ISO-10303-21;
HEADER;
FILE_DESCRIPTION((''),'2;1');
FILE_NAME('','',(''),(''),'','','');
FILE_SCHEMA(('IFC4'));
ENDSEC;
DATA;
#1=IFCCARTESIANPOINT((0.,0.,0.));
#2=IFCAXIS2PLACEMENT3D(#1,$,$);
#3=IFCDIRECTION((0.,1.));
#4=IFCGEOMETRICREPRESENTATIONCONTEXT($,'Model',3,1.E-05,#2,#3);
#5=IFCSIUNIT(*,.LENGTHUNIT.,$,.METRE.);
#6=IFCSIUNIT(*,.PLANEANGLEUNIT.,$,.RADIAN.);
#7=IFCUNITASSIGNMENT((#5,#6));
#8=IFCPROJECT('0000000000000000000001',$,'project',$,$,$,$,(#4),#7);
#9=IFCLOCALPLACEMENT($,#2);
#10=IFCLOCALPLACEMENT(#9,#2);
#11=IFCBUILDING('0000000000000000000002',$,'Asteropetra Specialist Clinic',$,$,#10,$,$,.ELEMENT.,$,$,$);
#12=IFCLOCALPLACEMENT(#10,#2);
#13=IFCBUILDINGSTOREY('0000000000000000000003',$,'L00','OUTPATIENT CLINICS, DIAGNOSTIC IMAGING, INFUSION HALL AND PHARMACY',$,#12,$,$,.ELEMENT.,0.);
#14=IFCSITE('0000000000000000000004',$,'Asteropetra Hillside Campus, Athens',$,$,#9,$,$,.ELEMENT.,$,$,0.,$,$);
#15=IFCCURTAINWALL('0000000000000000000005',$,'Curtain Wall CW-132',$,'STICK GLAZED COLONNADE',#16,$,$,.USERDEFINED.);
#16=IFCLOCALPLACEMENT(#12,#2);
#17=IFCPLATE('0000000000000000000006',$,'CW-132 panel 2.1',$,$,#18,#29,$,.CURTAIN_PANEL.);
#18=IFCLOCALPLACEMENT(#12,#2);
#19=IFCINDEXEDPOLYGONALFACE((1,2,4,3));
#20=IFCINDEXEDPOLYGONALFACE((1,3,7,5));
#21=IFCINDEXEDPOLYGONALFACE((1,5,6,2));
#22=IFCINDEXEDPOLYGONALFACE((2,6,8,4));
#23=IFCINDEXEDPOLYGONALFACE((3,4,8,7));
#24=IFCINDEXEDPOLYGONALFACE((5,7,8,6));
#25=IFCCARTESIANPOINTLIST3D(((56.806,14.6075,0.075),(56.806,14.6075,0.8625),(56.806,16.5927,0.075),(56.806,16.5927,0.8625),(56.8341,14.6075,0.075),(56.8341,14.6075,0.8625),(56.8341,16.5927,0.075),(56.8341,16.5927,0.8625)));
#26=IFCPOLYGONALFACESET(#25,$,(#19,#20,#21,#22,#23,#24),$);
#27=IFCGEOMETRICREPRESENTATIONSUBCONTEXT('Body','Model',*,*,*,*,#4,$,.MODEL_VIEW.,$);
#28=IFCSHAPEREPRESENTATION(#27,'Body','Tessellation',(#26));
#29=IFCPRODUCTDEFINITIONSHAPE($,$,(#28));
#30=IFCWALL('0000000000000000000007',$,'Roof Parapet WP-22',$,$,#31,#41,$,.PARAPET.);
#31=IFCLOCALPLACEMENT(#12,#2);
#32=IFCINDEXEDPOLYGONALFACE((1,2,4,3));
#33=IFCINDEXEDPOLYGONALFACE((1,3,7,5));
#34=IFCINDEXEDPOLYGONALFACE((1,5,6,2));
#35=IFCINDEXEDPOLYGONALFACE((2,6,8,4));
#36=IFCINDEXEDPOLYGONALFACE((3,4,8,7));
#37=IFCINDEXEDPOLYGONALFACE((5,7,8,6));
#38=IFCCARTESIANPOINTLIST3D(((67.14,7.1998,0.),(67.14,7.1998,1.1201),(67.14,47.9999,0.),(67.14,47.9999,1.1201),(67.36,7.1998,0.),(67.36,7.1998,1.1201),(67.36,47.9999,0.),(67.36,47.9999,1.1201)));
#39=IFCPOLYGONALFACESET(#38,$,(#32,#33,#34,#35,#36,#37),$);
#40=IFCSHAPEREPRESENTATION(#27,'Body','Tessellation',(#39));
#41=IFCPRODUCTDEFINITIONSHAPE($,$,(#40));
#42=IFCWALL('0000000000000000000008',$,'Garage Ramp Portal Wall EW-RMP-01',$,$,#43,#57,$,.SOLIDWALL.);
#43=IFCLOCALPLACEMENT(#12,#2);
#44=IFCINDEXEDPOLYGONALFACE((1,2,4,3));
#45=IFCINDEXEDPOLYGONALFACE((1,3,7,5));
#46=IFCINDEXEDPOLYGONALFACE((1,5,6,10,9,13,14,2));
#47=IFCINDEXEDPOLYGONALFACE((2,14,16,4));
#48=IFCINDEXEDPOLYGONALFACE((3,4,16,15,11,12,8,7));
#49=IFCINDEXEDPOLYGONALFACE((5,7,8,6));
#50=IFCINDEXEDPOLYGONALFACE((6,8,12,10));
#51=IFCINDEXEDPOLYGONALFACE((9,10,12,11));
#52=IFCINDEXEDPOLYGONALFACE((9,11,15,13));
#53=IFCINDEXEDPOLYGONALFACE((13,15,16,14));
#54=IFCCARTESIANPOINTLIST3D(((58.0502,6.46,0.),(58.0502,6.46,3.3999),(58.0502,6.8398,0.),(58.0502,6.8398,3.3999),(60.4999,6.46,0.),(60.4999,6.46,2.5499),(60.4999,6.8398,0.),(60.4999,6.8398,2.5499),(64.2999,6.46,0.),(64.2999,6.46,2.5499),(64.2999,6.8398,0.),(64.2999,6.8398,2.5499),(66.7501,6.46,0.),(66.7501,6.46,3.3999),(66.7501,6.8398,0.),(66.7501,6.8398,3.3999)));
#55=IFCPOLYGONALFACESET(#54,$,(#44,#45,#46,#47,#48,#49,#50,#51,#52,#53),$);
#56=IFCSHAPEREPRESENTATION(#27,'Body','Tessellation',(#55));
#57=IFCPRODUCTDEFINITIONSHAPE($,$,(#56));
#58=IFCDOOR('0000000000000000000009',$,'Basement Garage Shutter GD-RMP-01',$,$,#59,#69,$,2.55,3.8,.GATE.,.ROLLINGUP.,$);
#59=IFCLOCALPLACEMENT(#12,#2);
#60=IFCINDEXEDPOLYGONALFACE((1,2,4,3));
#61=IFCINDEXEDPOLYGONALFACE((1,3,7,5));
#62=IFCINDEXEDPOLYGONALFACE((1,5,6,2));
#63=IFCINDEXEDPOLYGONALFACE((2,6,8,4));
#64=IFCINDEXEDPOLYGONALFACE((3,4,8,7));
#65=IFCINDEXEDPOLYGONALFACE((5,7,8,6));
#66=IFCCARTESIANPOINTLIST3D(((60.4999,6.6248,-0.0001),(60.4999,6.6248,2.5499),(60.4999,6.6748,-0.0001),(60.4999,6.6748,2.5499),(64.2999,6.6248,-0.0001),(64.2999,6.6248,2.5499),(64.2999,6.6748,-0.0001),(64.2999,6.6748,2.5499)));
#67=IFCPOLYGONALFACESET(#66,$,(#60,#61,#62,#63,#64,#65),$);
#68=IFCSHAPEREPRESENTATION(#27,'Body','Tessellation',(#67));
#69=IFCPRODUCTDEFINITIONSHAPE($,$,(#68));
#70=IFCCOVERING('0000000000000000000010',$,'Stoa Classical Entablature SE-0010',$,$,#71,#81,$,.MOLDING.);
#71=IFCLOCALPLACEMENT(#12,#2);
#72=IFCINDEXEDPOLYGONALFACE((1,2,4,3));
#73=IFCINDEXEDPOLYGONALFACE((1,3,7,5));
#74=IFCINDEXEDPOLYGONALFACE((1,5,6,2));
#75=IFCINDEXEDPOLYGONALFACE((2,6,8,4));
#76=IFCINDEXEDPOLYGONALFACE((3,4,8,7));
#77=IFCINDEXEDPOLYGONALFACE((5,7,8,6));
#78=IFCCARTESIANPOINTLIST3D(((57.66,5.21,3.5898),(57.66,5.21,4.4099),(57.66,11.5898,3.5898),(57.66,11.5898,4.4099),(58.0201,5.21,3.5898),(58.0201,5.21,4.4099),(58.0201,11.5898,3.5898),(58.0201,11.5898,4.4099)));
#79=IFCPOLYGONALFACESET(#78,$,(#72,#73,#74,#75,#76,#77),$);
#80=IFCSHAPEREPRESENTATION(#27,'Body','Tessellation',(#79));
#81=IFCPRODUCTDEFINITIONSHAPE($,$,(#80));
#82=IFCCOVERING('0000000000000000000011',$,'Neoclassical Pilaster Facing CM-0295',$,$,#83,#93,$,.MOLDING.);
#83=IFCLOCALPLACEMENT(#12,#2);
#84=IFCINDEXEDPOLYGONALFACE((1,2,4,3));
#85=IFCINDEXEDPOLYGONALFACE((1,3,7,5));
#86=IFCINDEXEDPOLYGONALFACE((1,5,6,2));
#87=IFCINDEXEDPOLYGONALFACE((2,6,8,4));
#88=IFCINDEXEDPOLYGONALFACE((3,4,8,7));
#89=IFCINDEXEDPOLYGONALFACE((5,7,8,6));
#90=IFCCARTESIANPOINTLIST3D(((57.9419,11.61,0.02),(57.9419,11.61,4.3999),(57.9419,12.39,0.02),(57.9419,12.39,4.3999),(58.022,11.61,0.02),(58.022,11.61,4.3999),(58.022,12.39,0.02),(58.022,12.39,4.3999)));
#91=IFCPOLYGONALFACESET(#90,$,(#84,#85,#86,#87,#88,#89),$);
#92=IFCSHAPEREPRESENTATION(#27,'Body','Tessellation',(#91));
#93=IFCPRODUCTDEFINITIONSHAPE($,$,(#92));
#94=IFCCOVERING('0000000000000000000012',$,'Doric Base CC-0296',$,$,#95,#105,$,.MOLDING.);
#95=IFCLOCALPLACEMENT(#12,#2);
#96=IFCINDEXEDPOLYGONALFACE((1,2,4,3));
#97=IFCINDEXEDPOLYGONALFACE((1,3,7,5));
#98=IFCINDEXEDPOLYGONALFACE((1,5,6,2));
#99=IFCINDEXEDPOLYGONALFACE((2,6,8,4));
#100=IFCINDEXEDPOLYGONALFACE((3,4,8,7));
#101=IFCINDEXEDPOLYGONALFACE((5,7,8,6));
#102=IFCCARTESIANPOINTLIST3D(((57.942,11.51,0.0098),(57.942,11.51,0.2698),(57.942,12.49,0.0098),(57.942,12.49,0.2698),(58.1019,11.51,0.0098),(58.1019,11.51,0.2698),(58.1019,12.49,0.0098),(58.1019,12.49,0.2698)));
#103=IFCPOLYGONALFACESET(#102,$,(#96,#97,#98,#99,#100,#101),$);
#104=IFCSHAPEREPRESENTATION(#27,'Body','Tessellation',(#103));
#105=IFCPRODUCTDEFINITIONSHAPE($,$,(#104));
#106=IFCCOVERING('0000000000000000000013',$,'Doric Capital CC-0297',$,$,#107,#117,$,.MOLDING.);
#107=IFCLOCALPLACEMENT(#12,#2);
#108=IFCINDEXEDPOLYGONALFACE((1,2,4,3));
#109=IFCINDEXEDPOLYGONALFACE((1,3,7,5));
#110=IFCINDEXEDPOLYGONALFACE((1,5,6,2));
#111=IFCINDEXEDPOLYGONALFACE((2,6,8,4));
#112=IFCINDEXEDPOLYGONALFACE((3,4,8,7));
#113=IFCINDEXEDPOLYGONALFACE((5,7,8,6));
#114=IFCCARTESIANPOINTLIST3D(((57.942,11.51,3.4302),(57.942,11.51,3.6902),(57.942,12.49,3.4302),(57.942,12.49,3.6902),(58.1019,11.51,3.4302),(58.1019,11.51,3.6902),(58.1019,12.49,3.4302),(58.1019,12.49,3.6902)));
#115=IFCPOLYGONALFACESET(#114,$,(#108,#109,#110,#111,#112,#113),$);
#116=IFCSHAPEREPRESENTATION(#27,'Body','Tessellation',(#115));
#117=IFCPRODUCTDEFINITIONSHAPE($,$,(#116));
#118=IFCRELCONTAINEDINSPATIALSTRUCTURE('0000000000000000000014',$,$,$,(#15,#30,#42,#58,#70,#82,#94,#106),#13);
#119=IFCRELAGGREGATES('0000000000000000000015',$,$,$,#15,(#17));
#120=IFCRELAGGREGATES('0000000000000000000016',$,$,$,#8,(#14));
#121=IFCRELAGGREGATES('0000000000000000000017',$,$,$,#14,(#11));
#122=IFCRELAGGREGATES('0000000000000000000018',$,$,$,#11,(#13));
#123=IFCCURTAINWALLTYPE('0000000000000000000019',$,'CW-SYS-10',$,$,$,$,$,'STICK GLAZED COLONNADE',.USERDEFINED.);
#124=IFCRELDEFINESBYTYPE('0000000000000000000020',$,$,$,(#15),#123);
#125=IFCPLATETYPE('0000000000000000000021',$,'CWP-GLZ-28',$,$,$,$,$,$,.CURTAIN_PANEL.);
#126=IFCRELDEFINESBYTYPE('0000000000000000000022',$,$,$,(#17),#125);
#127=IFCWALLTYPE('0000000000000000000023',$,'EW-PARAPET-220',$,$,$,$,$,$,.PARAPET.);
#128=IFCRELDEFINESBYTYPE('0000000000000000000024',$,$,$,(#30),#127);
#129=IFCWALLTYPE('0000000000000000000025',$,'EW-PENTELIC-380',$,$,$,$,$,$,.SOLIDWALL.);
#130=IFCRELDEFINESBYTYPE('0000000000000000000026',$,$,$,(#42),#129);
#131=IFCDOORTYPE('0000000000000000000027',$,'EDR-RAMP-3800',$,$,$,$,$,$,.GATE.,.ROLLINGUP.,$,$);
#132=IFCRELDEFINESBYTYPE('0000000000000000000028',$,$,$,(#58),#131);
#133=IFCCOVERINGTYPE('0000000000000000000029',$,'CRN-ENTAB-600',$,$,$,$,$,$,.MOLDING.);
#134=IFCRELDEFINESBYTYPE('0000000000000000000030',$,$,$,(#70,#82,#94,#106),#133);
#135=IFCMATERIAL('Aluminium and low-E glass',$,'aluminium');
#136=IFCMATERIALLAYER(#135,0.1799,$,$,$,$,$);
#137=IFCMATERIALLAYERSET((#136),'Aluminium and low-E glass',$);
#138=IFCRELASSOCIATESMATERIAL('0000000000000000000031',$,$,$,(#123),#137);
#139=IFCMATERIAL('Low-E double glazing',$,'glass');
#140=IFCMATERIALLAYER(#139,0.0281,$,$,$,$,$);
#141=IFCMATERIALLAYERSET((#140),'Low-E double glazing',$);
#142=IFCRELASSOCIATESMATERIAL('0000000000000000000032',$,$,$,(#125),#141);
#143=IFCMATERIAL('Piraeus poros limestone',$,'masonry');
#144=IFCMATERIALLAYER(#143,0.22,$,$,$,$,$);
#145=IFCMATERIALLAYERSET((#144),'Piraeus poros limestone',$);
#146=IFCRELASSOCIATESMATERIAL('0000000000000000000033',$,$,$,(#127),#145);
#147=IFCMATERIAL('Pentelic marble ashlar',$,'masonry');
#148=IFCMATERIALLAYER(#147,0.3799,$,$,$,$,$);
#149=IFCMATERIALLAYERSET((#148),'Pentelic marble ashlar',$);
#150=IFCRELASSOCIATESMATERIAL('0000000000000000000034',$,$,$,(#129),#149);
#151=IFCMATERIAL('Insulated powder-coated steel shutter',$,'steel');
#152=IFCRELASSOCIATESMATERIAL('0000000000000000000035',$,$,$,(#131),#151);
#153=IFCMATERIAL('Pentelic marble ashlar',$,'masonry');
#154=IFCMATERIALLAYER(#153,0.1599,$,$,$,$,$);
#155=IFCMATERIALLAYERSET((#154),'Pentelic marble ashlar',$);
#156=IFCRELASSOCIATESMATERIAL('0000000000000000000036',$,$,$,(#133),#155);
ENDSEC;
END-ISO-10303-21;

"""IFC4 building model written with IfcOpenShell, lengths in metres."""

from ifc_helpers import new_model, si_unit, direction, frame, frame_2d, origin, origin_2d, place, context, subcontext, project, spatial, rectangle, extrude, material, layer, layer_set, type_object, element, fill, aggregate, save


model = new_model("IFC4")

# Units and contexts
model_context = context("Model", 3, precision=1e-05, world=origin(), true_north=direction((0.0, 1.0)))
body_context = subcontext(model_context, "Body", "Model", "MODEL_VIEW")
ifc_project = project(units=[si_unit("LENGTHUNIT", "METRE"), si_unit("PLANEANGLEUNIT", "RADIAN")], contexts=[model_context])

# Site, building, storey
site_placement = place(None, origin())
site = spatial("IfcSite", under=ifc_project, at=site_placement, Name="Asteropetra Hillside Campus, Athens", CompositionType="ELEMENT", RefElevation=0.0)
building_placement = place(site_placement, origin())
building = spatial("IfcBuilding", under=site, at=building_placement, Name="Asteropetra Specialist Clinic", CompositionType="ELEMENT")
storey_placement = place(building_placement, origin())
storey = spatial("IfcBuildingStorey", under=building, at=storey_placement, Name="L00", Description="OUTPATIENT CLINICS, DIAGNOSTIC IMAGING, INFUSION HALL AND PHARMACY", CompositionType="ELEMENT", Elevation=0.0)

# Curtain wall
ifc_material_1 = material(Name="Aluminium and low-E glass", Category="aluminium")
ifc_layer_1 = layer(ifc_material_1, 0.1799)
ifc_layer_set_1 = layer_set([ifc_layer_1], Name="Aluminium and low-E glass")
curtain_wall_type = type_object("IfcCurtainWallType", Name="CW-SYS-10", ElementType="STICK GLAZED COLONNADE", PredefinedType="USERDEFINED", material=ifc_layer_set_1)
curtain_wall_placement = place(storey_placement, origin())
curtain_wall = element("IfcCurtainWall", 1, at=curtain_wall_placement, inside=storey, type_object=curtain_wall_type, Name="Curtain Wall CW-132", ObjectType="STICK GLAZED COLONNADE", PredefinedType="USERDEFINED")

# Plate
ifc_material_2 = material(Name="Low-E double glazing", Category="glass")
ifc_layer_2 = layer(ifc_material_2, 0.0281)
ifc_layer_set_2 = layer_set([ifc_layer_2], Name="Low-E double glazing")
plate_type = type_object("IfcPlateType", Name="CWP-GLZ-28", PredefinedType="CURTAIN_PANEL", material=ifc_layer_set_2)
plate_1_placement = place(storey_placement, frame((56.8201, 15.6001, 0.075), z_axis=(0.0, 0.0, 1.0), x_axis=(0.0, 1.0, 0.0)))
plate_1 = element("IfcPlate", 2, at=plate_1_placement, type_object=plate_type, Name="CW-132 panel 2.1", PredefinedType="CURTAIN_PANEL", context=body_context, shape_type="SweptSolid", body=[
    extrude(rectangle(XDim=1.9851, YDim=0.0281, at=origin_2d()), origin(), (0.0, 0.0, 1.0), 0.7876),
])
aggregate(curtain_wall, [plate_1])

# Wall
ifc_material_3 = material(Name="Piraeus poros limestone", Category="masonry")
ifc_layer_3 = layer(ifc_material_3, 0.22)
ifc_layer_set_3 = layer_set([ifc_layer_3], Name="Piraeus poros limestone")
wall_type_1 = type_object("IfcWallType", Name="EW-PARAPET-220", PredefinedType="PARAPET", material=ifc_layer_set_3)
wall_1_placement = place(storey_placement, frame((67.25, 7.2, 0.0), z_axis=(0.0, 0.0, 1.0), x_axis=(0.0, 1.0, 0.0)))
element("IfcWall", 3, at=wall_1_placement, inside=storey, type_object=wall_type_1, Name="Roof Parapet WP-22", PredefinedType="PARAPET", context=body_context, shape_type="SweptSolid", body=[
    extrude(rectangle(XDim=40.8, YDim=0.22, at=frame_2d((20.3999, 0.0))), origin(), (0.0, 0.0, 1.0), 1.1201),
])

# Wall, opening, door
ifc_material_4 = material(Name="Pentelic marble ashlar", Category="masonry")
ifc_layer_4 = layer(ifc_material_4, 0.3799)
ifc_layer_set_4 = layer_set([ifc_layer_4], Name="Pentelic marble ashlar")
wall_type_2 = type_object("IfcWallType", Name="EW-PENTELIC-380", PredefinedType="SOLIDWALL", material=ifc_layer_set_4)
wall_2_placement = place(storey_placement, frame((58.05, 6.6499, 0.0), z_axis=(0.0, 0.0, 1.0), x_axis=(1.0, 0.0, 0.0)))
wall_2 = element("IfcWall", 4, at=wall_2_placement, inside=storey, type_object=wall_type_2, Name="Garage Ramp Portal Wall EW-RMP-01", PredefinedType="SOLIDWALL", context=body_context, shape_type="SweptSolid", body=[
    extrude(rectangle(XDim=8.7, YDim=0.3799, at=frame_2d((4.3501, 0.0))), origin(), (0.0, 0.0, 1.0), 3.3999),
])
opening_placement = place(wall_2_placement, frame((2.45, 0.0, 0.0)))
opening = element("IfcOpeningElement", 5, at=opening_placement, cuts=wall_2, PredefinedType="OPENING", context=body_context, shape_type="SweptSolid", body=[
    extrude(rectangle(XDim=3.8, YDim=2.55, at=frame_2d((1.8999, 1.2749))), frame((0.0, 0.2, 0.0), z_axis=(0.0, -1.0, 0.0), x_axis=(1.0, 0.0, 0.0)), (0.0, 0.0, 1.0), 0.3999),
])
ifc_material_5 = material(Name="Insulated powder-coated steel shutter", Category="steel")
door_type = type_object("IfcDoorType", Name="EDR-RAMP-3800", OperationType="ROLLINGUP", PredefinedType="GATE", material=ifc_material_5)
door_placement = place(opening_placement, origin())
door = element("IfcDoor", 6, at=door_placement, inside=storey, type_object=door_type, Name="Basement Garage Shutter GD-RMP-01", OperationType="ROLLINGUP", OverallHeight=2.55, OverallWidth=3.8, PredefinedType="GATE", context=body_context, shape_type="SweptSolid", body=[
    extrude(rectangle(XDim=3.8, YDim=2.55, at=frame_2d((1.8999, 1.2749))), frame((0.0, 0.0249, 0.0), z_axis=(0.0, -1.0, 0.0), x_axis=(1.0, 0.0, 0.0)), (0.0, 0.0, 1.0), 0.05),
])
fill(opening, door)

# Coverings
ifc_material_6 = material(Name="Pentelic marble ashlar", Category="masonry")
ifc_layer_5 = layer(ifc_material_6, 0.1599)
ifc_layer_set_5 = layer_set([ifc_layer_5], Name="Pentelic marble ashlar")
covering_type = type_object("IfcCoveringType", Name="CRN-ENTAB-600", PredefinedType="MOLDING", material=ifc_layer_set_5)
covering_1_placement = place(storey_placement, frame((57.8401, 8.3999, 3.5898), z_axis=(0.0, 0.0, 1.0), x_axis=(1.0, 0.0, 0.0)))
element("IfcCovering", 7, at=covering_1_placement, inside=storey, type_object=covering_type, Name="Stoa Classical Entablature SE-0010", PredefinedType="MOLDING", context=body_context, shape_type="SweptSolid", body=[
    extrude(rectangle(XDim=0.3601, YDim=6.3799, at=origin_2d()), origin(), (0.0, 0.0, 1.0), 0.8201),
])
covering_2_placement = place(storey_placement, frame((57.9819, 12.0, 0.02), z_axis=(0.0, 0.0, 1.0), x_axis=(1.0, 0.0, 0.0)))
element("IfcCovering", 8, at=covering_2_placement, inside=storey, type_object=covering_type, Name="Neoclassical Pilaster Facing CM-0295", PredefinedType="MOLDING", context=body_context, shape_type="SweptSolid", body=[
    extrude(rectangle(XDim=0.0801, YDim=0.78, at=origin_2d()), origin(), (0.0, 0.0, 1.0), 4.3799),
])
for number, where, z_axis, x_axis, name in (
    (9, (58.022, 12.0, 0.0098), (0.0, 0.0, 1.0), (1.0, 0.0, 0.0), "Doric Base CC-0296"),
    (10, (58.022, 12.0, 3.4302), (0.0, 0.0, 1.0), (1.0, 0.0, 0.0), "Doric Capital CC-0297"),
):
    element("IfcCovering", number, at=place(storey_placement, frame(where, z_axis=z_axis, x_axis=x_axis)), inside=storey, type_object=covering_type, Name=name, PredefinedType="MOLDING", context=body_context, shape_type="SweptSolid", body=[
        extrude(rectangle(XDim=0.1599, YDim=0.98, at=origin_2d()), origin(), (0.0, 0.0, 1.0), 0.26),
    ])

save(model, "model.ifc")
